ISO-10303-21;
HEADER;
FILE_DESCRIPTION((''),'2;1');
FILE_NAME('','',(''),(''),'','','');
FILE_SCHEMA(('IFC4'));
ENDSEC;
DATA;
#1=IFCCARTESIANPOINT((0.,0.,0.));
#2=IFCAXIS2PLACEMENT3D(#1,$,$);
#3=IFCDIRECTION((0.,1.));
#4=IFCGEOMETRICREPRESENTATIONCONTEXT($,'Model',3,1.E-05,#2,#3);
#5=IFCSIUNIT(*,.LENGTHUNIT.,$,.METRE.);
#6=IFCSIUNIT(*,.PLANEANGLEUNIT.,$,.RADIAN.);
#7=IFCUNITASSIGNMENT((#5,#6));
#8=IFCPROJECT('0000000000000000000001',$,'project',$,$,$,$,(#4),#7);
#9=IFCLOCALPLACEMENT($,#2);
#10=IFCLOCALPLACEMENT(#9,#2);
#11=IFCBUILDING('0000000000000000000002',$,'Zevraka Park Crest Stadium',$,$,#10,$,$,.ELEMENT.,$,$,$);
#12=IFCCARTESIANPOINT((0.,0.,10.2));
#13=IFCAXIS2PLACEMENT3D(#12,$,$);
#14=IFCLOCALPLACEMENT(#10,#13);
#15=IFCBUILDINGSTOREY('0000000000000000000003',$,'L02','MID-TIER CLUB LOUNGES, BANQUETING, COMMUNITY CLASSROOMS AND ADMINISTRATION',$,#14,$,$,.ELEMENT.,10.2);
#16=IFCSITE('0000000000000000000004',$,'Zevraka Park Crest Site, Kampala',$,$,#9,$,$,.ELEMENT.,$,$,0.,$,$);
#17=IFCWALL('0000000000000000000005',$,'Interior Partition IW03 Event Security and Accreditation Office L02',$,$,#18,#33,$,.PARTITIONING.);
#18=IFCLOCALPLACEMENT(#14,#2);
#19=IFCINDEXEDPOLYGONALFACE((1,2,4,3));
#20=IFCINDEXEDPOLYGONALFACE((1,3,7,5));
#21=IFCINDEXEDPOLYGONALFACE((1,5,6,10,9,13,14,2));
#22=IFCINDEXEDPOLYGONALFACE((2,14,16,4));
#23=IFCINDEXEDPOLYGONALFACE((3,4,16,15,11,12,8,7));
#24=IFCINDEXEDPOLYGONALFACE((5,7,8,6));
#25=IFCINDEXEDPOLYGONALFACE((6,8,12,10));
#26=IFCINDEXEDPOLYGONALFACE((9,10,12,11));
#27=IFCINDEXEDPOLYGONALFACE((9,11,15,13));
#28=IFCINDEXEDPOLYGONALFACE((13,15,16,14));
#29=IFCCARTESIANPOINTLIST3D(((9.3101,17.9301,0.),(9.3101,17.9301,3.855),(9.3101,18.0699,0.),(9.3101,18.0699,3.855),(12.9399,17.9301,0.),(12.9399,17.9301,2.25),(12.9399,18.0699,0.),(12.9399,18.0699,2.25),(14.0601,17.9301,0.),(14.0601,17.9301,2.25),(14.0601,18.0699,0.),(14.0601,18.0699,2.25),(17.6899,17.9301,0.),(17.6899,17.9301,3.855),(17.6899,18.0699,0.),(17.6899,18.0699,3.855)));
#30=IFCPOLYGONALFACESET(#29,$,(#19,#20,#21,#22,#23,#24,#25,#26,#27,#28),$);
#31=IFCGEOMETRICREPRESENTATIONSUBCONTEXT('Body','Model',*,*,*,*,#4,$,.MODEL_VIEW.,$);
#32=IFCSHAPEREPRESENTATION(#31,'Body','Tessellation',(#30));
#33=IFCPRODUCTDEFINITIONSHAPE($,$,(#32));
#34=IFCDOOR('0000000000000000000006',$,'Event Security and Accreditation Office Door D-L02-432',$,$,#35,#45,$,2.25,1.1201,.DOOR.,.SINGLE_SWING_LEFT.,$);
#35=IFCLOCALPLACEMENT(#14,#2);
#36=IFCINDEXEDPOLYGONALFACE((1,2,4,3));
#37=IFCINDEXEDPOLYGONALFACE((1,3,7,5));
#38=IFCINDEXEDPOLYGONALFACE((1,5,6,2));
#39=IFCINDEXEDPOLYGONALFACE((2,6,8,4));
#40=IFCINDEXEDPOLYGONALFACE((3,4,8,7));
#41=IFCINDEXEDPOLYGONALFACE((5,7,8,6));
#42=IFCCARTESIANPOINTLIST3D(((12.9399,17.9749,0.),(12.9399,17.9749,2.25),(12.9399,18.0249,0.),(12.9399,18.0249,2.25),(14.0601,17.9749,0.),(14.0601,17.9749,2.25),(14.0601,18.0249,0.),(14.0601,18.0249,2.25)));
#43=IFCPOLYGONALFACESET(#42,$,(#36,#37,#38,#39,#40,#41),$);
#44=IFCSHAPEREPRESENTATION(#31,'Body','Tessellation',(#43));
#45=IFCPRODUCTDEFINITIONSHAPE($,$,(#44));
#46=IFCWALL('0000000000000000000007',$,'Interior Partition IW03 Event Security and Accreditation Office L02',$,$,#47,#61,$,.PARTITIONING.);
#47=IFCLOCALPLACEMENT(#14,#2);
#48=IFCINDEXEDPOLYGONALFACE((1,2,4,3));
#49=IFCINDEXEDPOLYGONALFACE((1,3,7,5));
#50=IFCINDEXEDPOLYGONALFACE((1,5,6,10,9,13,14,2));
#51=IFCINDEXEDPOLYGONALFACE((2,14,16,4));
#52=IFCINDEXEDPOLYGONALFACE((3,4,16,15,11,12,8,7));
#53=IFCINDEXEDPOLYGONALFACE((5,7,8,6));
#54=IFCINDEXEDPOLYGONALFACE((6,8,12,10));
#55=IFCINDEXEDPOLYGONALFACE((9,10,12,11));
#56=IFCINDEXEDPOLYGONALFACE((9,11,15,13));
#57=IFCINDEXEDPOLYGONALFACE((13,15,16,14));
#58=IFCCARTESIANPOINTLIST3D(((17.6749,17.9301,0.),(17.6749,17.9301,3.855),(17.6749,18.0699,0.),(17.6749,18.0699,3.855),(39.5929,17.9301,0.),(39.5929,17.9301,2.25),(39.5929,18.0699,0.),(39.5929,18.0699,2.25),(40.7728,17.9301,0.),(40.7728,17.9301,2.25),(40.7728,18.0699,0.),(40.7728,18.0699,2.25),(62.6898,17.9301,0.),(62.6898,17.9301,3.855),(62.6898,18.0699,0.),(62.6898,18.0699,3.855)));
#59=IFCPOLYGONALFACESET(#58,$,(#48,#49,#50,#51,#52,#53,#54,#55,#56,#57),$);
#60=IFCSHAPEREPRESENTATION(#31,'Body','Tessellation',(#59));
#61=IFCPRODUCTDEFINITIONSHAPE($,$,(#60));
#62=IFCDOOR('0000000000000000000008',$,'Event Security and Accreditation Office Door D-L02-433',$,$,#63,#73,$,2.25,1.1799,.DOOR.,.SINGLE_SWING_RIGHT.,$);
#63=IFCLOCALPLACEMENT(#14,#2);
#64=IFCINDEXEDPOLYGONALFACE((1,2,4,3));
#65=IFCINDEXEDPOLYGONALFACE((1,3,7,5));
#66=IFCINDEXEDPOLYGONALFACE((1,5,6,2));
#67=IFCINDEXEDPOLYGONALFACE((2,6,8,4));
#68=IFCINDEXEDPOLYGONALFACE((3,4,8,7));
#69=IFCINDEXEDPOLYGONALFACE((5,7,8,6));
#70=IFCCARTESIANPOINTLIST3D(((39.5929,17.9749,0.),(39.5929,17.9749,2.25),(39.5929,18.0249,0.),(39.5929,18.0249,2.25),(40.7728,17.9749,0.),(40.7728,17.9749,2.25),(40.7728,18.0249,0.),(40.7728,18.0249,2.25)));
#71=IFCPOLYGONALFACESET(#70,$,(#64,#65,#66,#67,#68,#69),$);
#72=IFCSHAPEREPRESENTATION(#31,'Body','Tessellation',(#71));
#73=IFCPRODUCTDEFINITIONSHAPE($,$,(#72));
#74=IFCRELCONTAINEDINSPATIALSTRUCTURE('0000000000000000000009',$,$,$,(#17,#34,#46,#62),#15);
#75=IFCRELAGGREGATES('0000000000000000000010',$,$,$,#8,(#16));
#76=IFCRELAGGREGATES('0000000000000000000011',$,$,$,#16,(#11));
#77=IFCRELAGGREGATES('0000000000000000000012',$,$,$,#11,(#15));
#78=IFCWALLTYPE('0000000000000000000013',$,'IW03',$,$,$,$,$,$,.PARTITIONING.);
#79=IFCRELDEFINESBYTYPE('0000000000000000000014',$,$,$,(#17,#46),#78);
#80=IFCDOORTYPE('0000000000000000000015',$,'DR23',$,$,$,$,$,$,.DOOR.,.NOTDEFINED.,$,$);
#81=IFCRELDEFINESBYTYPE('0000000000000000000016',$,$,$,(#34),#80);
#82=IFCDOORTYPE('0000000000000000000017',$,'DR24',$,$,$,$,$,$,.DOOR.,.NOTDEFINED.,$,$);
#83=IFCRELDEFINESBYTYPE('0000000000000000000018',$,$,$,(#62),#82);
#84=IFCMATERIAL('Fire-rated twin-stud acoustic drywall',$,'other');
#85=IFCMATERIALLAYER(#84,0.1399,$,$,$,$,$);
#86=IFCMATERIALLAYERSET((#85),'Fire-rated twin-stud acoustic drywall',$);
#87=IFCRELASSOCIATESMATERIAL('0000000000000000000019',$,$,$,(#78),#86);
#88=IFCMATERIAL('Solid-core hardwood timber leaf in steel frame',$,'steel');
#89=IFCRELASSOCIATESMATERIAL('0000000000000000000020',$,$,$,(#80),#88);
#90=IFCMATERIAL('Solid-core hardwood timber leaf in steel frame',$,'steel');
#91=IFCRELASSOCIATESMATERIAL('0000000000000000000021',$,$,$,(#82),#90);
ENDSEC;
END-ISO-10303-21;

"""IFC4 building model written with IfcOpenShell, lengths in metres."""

from ifc_helpers import new_model, si_unit, direction, frame, frame_2d, origin, place, context, subcontext, project, spatial, rectangle, extrude, material, layer, layer_set, type_object, element, fill, save


model = new_model("IFC4")

# Units and contexts
model_context = context("Model", 3, precision=1e-05, world=origin(), true_north=direction((0.0, 1.0)))
body_context = subcontext(model_context, "Body", "Model", "MODEL_VIEW")
ifc_project = project(units=[si_unit("LENGTHUNIT", "METRE"), si_unit("PLANEANGLEUNIT", "RADIAN")], contexts=[model_context])

# Site, building, storey
site_placement = place(None, origin())
site = spatial("IfcSite", under=ifc_project, at=site_placement, Name="Zevraka Park Crest Site, Kampala", CompositionType="ELEMENT", RefElevation=0.0)
building_placement = place(site_placement, origin())
building = spatial("IfcBuilding", under=site, at=building_placement, Name="Zevraka Park Crest Stadium", CompositionType="ELEMENT")
storey_placement = place(building_placement, frame((0.0, 0.0, 10.2)))
storey = spatial("IfcBuildingStorey", under=building, at=storey_placement, Name="L02", Description="MID-TIER CLUB LOUNGES, BANQUETING, COMMUNITY CLASSROOMS AND ADMINISTRATION", CompositionType="ELEMENT", Elevation=10.2)

# Walls, openings, doors
ifc_material_1 = material(Name="Fire-rated twin-stud acoustic drywall", Category="other")
ifc_layer_1 = layer(ifc_material_1, 0.1399)
ifc_layer_set_1 = layer_set([ifc_layer_1], Name="Fire-rated twin-stud acoustic drywall")
wall_type_1 = type_object("IfcWallType", Name="IW03", PredefinedType="PARTITIONING", material=ifc_layer_set_1)
wall_1_placement = place(storey_placement, frame((9.3101, 18.0, 0.0), z_axis=(0.0, 0.0, 1.0), x_axis=(1.0, 0.0, 0.0)))
wall_1 = element("IfcWall", 1, at=wall_1_placement, inside=storey, type_object=wall_type_1, Name="Interior Partition IW03 Event Security and Accreditation Office L02", PredefinedType="PARTITIONING", context=body_context, shape_type="SweptSolid", body=[
    extrude(rectangle(XDim=8.3799, YDim=0.1399, at=frame_2d((4.1899, 0.0))), origin(), (0.0, 0.0, 1.0), 3.855),
])
opening_1_placement = place(wall_1_placement, frame((3.6299, 0.0, 0.0)))
opening_1 = element("IfcOpeningElement", 2, at=opening_1_placement, cuts=wall_1, PredefinedType="OPENING", context=body_context, shape_type="SweptSolid", body=[
    extrude(rectangle(XDim=1.1201, YDim=2.25, at=frame_2d((0.5601, 1.125))), frame((0.0, 0.0798, 0.0), z_axis=(0.0, -1.0, 0.0), x_axis=(1.0, 0.0, 0.0)), (0.0, 0.0, 1.0), 0.1599),
])
ifc_material_2 = material(Name="Solid-core hardwood timber leaf in steel frame", Category="steel")
door_type_1 = type_object("IfcDoorType", Name="DR23", OperationType="NOTDEFINED", PredefinedType="DOOR", material=ifc_material_2)
door_1_placement = place(opening_1_placement, origin())
door_1 = element("IfcDoor", 3, at=door_1_placement, inside=storey, type_object=door_type_1, Name="Event Security and Accreditation Office Door D-L02-432", OperationType="SINGLE_SWING_LEFT", OverallHeight=2.25, OverallWidth=1.1201, PredefinedType="DOOR", context=body_context, shape_type="SweptSolid", body=[
    extrude(rectangle(XDim=1.1201, YDim=2.25, at=frame_2d((0.5601, 1.125))), frame((0.0, 0.0249, 0.0), z_axis=(0.0, -1.0, 0.0), x_axis=(1.0, 0.0, 0.0)), (0.0, 0.0, 1.0), 0.05),
])
fill(opening_1, door_1)
wall_2_placement = place(storey_placement, frame((17.675, 18.0, 0.0), z_axis=(0.0, 0.0, 1.0), x_axis=(1.0, 0.0, 0.0)))
wall_2 = element("IfcWall", 4, at=wall_2_placement, inside=storey, type_object=wall_type_1, Name="Interior Partition IW03 Event Security and Accreditation Office L02", PredefinedType="PARTITIONING", context=body_context, shape_type="SweptSolid", body=[
    extrude(rectangle(XDim=45.0149, YDim=0.1399, at=frame_2d((22.5073, 0.0))), origin(), (0.0, 0.0, 1.0), 3.855),
])
opening_2_placement = place(wall_2_placement, frame((21.918, 0.0, 0.0)))
opening_2 = element("IfcOpeningElement", 5, at=opening_2_placement, cuts=wall_2, PredefinedType="OPENING", context=body_context, shape_type="SweptSolid", body=[
    extrude(rectangle(XDim=1.1799, YDim=2.25, at=frame_2d((0.5898, 1.125))), frame((0.0, 0.0798, 0.0), z_axis=(0.0, -1.0, 0.0), x_axis=(1.0, 0.0, 0.0)), (0.0, 0.0, 1.0), 0.1599),
])
ifc_material_3 = material(Name="Solid-core hardwood timber leaf in steel frame", Category="steel")
door_type_2 = type_object("IfcDoorType", Name="DR24", OperationType="NOTDEFINED", PredefinedType="DOOR", material=ifc_material_3)
door_2_placement = place(opening_2_placement, origin())
door_2 = element("IfcDoor", 6, at=door_2_placement, inside=storey, type_object=door_type_2, Name="Event Security and Accreditation Office Door D-L02-433", OperationType="SINGLE_SWING_RIGHT", OverallHeight=2.25, OverallWidth=1.1799, PredefinedType="DOOR", context=body_context, shape_type="SweptSolid", body=[
    extrude(rectangle(XDim=1.1799, YDim=2.25, at=frame_2d((0.5898, 1.125))), frame((0.0, 0.0249, 0.0), z_axis=(0.0, -1.0, 0.0), x_axis=(1.0, 0.0, 0.0)), (0.0, 0.0, 1.0), 0.05),
])
fill(opening_2, door_2)

save(model, "model.ifc")
